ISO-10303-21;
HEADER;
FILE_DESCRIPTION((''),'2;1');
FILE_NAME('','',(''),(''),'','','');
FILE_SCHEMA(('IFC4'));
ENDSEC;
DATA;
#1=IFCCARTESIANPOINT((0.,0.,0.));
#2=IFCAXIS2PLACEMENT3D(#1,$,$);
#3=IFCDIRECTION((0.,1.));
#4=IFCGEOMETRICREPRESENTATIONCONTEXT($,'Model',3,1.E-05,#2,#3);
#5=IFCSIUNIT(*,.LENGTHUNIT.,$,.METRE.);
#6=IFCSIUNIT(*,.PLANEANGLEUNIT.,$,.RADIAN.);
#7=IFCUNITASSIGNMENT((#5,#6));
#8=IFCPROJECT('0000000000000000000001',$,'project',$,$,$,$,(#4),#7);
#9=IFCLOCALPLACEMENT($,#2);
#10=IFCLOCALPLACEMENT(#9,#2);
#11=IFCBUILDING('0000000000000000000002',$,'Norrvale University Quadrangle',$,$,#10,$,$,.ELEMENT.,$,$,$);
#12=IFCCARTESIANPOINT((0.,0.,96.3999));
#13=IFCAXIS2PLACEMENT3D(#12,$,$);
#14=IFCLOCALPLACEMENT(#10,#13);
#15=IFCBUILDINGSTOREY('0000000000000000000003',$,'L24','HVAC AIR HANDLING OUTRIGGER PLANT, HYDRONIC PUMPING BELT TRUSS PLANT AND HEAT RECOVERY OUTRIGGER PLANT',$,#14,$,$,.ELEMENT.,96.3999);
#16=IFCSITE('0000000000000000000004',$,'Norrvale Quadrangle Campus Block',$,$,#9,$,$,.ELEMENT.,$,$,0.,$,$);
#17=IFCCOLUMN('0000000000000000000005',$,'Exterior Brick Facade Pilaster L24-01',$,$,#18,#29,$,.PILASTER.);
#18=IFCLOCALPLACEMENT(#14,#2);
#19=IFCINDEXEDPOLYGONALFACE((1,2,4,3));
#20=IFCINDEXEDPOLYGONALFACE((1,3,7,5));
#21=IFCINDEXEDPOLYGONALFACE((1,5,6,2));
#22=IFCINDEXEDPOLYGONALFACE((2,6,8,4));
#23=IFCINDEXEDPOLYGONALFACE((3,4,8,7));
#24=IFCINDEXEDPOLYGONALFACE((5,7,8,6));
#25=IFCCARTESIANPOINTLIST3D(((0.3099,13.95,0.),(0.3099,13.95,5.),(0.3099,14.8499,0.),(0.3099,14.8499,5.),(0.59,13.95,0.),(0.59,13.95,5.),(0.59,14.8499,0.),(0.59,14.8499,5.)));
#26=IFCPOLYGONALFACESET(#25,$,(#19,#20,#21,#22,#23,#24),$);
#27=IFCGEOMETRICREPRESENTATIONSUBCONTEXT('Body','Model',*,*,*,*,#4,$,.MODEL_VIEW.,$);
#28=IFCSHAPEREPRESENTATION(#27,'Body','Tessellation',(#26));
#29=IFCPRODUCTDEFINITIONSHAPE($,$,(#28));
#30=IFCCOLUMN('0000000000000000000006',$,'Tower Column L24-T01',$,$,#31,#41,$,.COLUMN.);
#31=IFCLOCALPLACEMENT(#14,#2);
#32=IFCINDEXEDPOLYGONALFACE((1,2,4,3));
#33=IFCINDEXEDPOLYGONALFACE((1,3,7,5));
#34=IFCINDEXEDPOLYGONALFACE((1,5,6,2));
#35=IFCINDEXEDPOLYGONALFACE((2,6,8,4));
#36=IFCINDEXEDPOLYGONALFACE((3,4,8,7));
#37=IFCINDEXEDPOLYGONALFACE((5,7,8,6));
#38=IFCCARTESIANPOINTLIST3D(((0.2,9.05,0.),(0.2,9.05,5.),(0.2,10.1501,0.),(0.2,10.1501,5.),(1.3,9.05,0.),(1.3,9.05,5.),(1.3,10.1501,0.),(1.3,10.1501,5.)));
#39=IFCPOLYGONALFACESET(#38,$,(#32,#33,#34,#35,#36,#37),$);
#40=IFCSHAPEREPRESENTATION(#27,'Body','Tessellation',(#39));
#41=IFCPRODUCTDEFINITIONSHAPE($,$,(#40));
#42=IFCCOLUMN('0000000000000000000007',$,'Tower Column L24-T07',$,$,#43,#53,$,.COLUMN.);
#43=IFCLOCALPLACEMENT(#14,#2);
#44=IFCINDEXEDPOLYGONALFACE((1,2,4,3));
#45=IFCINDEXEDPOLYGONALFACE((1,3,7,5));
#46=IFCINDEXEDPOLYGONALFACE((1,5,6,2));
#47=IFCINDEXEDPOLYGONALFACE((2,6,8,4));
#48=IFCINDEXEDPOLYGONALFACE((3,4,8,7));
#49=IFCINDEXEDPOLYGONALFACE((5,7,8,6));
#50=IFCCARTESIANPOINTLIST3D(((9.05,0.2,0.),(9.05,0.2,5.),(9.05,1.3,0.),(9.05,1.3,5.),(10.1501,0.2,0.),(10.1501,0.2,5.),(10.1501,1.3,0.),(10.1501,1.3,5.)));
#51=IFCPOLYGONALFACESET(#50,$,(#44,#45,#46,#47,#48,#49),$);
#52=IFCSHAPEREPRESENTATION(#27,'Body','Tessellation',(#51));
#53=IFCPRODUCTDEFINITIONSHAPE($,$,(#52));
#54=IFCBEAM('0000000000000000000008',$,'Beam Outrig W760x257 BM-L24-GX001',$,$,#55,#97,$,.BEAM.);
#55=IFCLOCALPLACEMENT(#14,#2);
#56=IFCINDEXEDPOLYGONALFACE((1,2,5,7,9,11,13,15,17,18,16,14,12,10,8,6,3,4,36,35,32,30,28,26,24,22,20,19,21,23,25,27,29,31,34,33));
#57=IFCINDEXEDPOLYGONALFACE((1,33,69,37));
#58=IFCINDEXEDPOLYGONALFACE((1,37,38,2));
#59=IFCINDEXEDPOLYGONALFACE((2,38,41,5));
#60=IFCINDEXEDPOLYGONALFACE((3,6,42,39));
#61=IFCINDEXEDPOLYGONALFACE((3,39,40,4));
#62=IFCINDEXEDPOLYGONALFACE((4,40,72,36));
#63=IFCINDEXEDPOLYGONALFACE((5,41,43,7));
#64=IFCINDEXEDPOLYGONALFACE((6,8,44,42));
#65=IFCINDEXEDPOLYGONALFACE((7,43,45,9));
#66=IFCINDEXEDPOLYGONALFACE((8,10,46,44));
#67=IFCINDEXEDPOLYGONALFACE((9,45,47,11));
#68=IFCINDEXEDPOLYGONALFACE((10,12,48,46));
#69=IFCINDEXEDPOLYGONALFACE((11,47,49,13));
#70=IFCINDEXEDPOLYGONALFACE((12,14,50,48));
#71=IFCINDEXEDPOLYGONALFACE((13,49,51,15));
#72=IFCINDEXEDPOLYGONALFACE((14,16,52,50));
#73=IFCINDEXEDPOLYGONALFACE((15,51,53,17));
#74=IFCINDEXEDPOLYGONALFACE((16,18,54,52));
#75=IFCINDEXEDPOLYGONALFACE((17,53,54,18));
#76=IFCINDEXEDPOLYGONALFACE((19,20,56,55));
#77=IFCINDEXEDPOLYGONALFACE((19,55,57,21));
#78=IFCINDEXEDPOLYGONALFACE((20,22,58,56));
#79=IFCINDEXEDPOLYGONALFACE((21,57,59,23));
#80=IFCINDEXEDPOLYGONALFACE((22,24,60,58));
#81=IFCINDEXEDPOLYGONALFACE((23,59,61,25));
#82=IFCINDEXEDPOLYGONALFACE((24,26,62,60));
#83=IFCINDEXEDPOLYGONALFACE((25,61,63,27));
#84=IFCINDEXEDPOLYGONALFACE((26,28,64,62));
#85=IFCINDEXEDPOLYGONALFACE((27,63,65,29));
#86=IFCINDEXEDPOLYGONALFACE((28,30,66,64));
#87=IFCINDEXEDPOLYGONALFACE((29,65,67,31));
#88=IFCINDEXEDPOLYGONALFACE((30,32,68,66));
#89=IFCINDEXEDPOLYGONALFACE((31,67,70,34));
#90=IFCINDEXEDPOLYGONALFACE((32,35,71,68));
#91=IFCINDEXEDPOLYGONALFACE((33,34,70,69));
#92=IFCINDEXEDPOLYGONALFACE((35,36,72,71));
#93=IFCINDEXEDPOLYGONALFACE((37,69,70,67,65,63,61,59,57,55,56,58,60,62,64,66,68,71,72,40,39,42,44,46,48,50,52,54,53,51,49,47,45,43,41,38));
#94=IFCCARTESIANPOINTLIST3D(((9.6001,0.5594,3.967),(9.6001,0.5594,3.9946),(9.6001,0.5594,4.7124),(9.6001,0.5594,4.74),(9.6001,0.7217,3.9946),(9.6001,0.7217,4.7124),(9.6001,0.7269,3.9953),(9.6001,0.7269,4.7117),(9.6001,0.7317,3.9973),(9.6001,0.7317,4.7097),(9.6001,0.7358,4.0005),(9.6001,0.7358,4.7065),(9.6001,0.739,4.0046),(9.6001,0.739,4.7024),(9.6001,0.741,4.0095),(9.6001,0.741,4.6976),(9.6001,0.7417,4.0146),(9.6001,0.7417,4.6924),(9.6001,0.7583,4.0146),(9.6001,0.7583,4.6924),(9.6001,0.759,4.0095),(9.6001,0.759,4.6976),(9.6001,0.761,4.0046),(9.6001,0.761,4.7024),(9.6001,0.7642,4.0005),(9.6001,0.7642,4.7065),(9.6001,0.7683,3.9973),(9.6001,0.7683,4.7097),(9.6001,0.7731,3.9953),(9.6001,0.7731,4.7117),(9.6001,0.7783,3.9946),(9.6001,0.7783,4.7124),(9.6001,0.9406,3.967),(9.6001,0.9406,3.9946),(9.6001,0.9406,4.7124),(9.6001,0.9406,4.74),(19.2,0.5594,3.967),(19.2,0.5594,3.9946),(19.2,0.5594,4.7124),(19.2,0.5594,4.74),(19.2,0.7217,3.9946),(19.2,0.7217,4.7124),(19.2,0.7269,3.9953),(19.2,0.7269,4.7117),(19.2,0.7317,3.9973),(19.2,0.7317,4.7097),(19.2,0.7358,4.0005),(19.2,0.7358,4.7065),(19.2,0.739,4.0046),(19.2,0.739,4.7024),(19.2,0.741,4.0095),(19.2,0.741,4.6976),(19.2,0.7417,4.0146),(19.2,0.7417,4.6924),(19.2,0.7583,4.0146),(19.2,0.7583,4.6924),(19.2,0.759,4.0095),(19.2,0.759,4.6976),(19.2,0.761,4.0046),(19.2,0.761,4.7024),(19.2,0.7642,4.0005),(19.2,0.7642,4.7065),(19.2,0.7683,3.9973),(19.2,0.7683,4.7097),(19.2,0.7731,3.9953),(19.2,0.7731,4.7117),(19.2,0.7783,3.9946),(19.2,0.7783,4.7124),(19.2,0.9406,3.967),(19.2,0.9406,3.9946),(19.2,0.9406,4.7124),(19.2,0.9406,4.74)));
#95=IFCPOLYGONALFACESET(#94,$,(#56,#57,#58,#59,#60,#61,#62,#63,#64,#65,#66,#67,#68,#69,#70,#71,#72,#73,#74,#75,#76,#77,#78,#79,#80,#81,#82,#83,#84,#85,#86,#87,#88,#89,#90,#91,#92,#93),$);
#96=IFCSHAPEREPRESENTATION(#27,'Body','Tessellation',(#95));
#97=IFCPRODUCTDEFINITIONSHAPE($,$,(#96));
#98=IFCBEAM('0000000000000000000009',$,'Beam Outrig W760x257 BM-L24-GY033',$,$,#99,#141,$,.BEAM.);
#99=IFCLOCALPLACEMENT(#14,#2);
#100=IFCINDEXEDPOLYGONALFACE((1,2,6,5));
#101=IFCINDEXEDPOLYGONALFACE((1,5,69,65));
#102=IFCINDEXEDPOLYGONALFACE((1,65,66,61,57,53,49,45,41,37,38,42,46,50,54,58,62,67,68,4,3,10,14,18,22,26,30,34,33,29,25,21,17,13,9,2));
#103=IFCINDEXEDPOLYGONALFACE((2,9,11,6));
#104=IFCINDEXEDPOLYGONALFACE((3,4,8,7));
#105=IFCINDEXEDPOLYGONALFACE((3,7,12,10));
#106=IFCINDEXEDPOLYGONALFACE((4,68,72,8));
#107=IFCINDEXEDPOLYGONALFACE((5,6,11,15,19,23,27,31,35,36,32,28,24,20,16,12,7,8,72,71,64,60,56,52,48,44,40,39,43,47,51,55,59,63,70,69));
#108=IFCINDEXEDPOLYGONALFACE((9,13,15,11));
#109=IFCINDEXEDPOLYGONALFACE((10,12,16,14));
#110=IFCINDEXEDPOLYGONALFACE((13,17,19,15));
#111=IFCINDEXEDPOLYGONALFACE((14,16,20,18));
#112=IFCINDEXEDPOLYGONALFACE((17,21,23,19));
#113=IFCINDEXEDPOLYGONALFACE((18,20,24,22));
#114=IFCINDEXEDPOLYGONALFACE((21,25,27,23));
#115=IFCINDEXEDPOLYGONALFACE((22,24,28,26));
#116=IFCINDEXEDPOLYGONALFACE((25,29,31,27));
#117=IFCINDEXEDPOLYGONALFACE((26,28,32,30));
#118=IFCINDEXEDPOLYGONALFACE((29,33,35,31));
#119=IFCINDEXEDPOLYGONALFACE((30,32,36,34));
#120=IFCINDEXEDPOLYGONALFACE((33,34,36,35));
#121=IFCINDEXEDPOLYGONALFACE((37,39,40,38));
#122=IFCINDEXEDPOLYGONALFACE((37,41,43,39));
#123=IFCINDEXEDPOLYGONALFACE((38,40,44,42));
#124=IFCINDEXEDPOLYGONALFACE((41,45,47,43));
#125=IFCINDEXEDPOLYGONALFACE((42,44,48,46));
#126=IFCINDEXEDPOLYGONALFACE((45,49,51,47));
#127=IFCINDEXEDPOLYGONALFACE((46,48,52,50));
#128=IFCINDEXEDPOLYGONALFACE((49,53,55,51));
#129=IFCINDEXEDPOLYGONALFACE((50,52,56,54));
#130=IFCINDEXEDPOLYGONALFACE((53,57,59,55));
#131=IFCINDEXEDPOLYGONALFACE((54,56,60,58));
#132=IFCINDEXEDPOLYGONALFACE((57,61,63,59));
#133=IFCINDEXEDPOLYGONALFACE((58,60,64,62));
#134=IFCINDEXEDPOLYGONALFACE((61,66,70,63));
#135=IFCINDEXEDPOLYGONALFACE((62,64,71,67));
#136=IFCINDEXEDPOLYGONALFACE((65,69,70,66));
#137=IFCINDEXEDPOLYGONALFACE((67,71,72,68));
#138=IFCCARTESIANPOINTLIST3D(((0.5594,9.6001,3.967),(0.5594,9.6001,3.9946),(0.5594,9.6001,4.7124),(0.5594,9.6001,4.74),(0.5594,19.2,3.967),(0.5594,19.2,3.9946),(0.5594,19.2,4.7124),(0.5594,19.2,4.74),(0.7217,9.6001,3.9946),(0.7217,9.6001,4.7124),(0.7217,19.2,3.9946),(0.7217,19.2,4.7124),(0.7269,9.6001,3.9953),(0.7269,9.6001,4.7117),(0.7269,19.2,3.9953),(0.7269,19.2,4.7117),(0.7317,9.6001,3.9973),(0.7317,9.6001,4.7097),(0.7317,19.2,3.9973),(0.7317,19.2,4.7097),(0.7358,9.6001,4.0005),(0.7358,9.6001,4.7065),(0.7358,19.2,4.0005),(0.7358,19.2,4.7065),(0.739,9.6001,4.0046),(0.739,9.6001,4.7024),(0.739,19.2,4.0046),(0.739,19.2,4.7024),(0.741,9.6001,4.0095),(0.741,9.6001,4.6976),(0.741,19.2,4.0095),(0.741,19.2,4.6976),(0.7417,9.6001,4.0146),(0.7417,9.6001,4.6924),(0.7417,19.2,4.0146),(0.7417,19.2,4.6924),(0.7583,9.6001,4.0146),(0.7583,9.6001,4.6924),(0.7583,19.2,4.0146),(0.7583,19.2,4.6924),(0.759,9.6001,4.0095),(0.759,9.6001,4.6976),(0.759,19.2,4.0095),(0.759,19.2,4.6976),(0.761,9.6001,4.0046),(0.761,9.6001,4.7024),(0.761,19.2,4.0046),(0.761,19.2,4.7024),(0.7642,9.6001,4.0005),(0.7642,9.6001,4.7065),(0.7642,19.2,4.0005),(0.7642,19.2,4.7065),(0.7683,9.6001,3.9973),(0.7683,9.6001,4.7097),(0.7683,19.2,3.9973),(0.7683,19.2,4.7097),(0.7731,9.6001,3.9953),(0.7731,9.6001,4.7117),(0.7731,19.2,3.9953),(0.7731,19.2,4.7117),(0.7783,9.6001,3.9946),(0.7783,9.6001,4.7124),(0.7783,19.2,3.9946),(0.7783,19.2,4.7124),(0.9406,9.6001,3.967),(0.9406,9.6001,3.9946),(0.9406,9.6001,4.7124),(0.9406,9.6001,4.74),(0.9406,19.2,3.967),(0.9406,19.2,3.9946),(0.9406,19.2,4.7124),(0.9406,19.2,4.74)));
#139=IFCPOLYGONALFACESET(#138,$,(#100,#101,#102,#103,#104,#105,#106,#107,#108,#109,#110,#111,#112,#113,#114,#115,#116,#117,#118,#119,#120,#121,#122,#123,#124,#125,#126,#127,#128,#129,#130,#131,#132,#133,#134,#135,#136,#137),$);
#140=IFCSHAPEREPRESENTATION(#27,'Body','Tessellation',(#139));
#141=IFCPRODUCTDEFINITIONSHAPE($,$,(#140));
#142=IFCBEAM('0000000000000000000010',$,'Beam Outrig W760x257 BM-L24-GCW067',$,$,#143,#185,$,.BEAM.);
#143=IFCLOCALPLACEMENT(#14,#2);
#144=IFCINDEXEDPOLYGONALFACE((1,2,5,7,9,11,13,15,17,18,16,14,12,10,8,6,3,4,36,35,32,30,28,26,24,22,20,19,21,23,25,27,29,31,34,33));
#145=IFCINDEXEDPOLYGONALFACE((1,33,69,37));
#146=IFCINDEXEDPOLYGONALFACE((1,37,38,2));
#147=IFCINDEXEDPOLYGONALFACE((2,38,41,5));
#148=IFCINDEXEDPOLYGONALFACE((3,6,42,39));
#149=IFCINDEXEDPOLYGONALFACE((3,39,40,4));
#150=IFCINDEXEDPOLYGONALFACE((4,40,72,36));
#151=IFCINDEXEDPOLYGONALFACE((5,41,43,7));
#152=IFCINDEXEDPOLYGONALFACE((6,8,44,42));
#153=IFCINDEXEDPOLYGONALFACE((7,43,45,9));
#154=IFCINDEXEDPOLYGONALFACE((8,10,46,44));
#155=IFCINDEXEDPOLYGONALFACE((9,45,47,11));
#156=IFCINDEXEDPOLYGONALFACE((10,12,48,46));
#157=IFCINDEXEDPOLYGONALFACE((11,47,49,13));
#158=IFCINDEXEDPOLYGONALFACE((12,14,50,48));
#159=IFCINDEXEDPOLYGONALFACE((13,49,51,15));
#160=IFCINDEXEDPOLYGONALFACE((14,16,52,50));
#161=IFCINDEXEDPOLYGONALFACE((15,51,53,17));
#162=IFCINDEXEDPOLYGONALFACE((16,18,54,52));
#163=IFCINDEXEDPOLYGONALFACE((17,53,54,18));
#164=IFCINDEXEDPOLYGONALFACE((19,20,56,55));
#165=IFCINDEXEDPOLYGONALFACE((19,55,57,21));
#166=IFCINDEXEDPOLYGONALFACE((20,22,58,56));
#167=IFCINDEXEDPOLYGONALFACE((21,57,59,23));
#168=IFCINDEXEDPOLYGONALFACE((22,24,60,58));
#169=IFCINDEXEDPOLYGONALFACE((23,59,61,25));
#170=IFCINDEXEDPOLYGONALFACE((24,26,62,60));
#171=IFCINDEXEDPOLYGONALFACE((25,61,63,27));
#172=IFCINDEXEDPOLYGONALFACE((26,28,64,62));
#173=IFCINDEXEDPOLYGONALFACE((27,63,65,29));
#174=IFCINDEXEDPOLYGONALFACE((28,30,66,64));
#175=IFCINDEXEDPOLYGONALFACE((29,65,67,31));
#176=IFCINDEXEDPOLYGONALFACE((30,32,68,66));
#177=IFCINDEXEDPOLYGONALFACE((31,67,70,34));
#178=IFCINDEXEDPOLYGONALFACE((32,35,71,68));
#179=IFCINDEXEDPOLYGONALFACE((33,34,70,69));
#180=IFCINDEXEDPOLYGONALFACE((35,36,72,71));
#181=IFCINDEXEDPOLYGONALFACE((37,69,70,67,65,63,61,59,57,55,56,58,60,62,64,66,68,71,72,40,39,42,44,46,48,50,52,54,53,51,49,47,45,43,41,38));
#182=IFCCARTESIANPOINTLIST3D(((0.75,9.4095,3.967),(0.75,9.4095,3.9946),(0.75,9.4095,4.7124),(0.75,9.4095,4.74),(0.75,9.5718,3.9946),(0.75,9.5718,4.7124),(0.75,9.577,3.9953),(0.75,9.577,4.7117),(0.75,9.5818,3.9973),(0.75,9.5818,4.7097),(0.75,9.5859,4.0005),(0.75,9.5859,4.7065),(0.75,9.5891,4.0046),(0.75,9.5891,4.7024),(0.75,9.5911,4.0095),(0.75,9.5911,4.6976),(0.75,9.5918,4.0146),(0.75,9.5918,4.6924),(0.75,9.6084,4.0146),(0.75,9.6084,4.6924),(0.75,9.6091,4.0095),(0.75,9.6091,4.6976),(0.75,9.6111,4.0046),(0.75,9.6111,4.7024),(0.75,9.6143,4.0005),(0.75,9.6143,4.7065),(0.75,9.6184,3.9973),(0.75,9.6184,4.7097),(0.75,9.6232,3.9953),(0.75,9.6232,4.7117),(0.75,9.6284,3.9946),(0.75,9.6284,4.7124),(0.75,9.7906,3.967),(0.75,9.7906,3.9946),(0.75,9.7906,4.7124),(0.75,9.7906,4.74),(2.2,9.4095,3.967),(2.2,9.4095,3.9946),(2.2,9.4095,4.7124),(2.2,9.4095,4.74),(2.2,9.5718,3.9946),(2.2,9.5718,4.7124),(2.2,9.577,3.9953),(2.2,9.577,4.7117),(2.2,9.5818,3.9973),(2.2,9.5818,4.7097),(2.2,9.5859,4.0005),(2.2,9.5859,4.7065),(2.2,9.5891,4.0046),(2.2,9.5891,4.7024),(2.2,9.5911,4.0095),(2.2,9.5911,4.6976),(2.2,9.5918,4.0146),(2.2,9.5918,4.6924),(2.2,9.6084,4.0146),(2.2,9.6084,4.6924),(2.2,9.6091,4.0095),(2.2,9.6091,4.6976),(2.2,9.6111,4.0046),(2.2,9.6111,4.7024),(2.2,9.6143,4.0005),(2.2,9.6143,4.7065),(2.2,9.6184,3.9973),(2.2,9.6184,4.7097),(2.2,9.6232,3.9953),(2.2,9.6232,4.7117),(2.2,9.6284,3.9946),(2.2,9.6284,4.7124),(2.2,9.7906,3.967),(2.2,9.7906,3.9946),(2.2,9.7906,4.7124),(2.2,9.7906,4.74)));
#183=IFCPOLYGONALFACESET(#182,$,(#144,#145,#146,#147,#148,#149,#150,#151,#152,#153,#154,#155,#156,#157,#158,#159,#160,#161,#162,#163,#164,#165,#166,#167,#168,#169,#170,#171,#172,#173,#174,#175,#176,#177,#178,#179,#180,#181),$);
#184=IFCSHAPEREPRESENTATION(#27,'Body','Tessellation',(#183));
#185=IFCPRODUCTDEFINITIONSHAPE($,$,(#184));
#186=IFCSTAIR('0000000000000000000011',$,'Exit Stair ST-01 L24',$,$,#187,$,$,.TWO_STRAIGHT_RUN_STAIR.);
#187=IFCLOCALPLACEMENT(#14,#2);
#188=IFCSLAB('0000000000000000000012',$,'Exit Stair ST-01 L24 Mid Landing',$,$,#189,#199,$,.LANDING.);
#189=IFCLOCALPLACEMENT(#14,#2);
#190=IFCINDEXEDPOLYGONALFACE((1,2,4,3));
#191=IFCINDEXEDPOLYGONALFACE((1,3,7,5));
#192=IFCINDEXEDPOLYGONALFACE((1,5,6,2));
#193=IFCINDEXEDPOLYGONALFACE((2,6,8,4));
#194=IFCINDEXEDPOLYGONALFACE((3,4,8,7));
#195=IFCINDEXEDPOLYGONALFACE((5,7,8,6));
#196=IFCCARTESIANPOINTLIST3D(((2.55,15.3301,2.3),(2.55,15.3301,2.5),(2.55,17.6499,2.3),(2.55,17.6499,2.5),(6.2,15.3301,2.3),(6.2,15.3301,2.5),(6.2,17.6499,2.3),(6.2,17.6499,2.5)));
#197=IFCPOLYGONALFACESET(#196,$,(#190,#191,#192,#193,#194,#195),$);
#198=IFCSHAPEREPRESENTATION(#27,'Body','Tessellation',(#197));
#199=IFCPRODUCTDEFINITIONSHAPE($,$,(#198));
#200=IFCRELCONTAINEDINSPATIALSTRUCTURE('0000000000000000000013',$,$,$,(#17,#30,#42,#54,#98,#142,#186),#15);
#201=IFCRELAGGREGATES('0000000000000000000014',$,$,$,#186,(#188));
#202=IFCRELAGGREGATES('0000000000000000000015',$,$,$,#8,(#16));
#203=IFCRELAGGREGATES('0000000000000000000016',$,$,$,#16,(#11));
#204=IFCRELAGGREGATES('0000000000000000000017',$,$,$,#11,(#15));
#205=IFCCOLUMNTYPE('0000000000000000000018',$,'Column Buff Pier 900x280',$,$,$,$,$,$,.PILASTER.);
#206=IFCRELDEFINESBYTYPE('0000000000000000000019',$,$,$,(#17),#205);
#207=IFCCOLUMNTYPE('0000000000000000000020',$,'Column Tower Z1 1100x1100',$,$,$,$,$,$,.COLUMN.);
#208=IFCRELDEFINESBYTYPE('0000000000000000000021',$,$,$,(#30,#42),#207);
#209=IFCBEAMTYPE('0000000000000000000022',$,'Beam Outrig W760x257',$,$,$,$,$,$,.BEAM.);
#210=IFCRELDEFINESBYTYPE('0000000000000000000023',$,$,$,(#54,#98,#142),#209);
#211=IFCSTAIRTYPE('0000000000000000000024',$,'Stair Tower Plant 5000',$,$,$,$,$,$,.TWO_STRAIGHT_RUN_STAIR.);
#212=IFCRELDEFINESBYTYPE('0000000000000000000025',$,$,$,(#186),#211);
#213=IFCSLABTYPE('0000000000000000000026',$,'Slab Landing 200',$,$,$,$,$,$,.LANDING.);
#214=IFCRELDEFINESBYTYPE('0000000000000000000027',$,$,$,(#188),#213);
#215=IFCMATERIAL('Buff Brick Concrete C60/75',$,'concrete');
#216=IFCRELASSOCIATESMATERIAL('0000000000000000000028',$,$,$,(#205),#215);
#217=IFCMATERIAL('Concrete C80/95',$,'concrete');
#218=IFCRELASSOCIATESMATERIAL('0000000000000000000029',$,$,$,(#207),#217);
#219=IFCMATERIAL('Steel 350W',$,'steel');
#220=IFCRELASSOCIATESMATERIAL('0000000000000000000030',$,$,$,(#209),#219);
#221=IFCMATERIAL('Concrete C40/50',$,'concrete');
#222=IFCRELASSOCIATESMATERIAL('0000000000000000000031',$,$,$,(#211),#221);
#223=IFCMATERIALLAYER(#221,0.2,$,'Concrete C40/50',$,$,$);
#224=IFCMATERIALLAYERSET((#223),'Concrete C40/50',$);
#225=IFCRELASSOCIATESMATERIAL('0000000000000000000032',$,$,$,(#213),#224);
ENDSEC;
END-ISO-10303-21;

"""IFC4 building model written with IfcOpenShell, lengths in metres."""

from ifc_helpers import new_model, si_unit, direction, frame, origin, origin_2d, place, context, subcontext, project, spatial, polyline, rectangle, i_section, outline, extrude, material, layer, layer_set, material_profile, profile_set, type_object, element, aggregate, save


model = new_model("IFC4")

# Units and contexts
model_context = context("Model", 3, precision=1e-05, world=origin(), true_north=direction((0.0, 1.0)))
body_context = subcontext(model_context, "Body", "Model", "MODEL_VIEW")
ifc_project = project(units=[si_unit("LENGTHUNIT", "METRE"), si_unit("PLANEANGLEUNIT", "RADIAN")], contexts=[model_context])

# Site, building, storey
site_placement = place(None, origin())
site = spatial("IfcSite", under=ifc_project, at=site_placement, Name="Norrvale Quadrangle Campus Block", CompositionType="ELEMENT", RefElevation=0.0)
building_placement = place(site_placement, origin())
building = spatial("IfcBuilding", under=site, at=building_placement, Name="Norrvale University Quadrangle", CompositionType="ELEMENT")
storey_placement = place(building_placement, frame((0.0, 0.0, 96.3999)))
storey = spatial("IfcBuildingStorey", under=building, at=storey_placement, Name="L24", Description="HVAC AIR HANDLING OUTRIGGER PLANT, HYDRONIC PUMPING BELT TRUSS PLANT AND HEAT RECOVERY OUTRIGGER PLANT", CompositionType="ELEMENT", Elevation=96.3999)

# Columns
ifc_material_1 = material(Name="Buff Brick Concrete C60/75", Category="concrete")
ifc_material_profile_1 = material_profile(ifc_material_1, rectangle(XDim=0.8999, YDim=0.28, at=origin_2d()), Name="Buff Brick Concrete C60/75")
ifc_profile_set_1 = profile_set([ifc_material_profile_1], Name="Buff Brick Concrete C60/75")
column_type_1 = type_object("IfcColumnType", Name="Column Buff Pier 900x280", PredefinedType="PILASTER", material=ifc_profile_set_1)
column_placement = place(storey_placement, frame((0.45, 14.3999, 0.0), z_axis=(0.0, 0.0, 1.0), x_axis=(0.0, 1.0, 0.0)))
element("IfcColumn", 1, at=column_placement, inside=storey, type_object=column_type_1, Name="Exterior Brick Facade Pilaster L24-01", PredefinedType="PILASTER", context=body_context, shape_type="SweptSolid", body=[
    extrude(rectangle(XDim=0.8999, YDim=0.28, at=origin_2d()), origin(), (0.0, 0.0, 1.0), 5.0),
])
ifc_material_2 = material(Name="Concrete C80/95", Category="concrete")
ifc_material_profile_2 = material_profile(ifc_material_2, rectangle(XDim=1.1001, YDim=1.1001, at=origin_2d()), Name="Concrete C80/95")
ifc_profile_set_2 = profile_set([ifc_material_profile_2], Name="Concrete C80/95")
column_type_2 = type_object("IfcColumnType", Name="Column Tower Z1 1100x1100", PredefinedType="COLUMN", material=ifc_profile_set_2)
for number, where, z_axis, x_axis, name in (
    (2, (0.75, 9.6001, 0.0), (0.0, 0.0, 1.0), (1.0, 0.0, 0.0), "Tower Column L24-T01"),
    (3, (9.6001, 0.75, 0.0), (0.0, 0.0, 1.0), (1.0, 0.0, 0.0), "Tower Column L24-T07"),
):
    element("IfcColumn", number, at=place(storey_placement, frame(where, z_axis=z_axis, x_axis=x_axis)), inside=storey, type_object=column_type_2, Name=name, PredefinedType="COLUMN", context=body_context, shape_type="SweptSolid", body=[
        extrude(rectangle(XDim=1.1001, YDim=1.1001, at=origin_2d()), origin(), (0.0, 0.0, 1.0), 5.0),
    ])

# Beams
ifc_material_3 = material(Name="Steel 350W", Category="steel")
ifc_material_profile_3 = material_profile(ifc_material_3, i_section(OverallWidth=0.3811, OverallDepth=0.7729, WebThickness=0.0166, FlangeThickness=0.0276, FilletRadius=0.02, at=origin_2d()), Name="Steel 350W")
ifc_profile_set_3 = profile_set([ifc_material_profile_3], Name="Steel 350W")
beam_type = type_object("IfcBeamType", Name="Beam Outrig W760x257", PredefinedType="BEAM", material=ifc_profile_set_3)
for number, where, z_axis, x_axis, name in (
    (4, (9.6001, 0.75, 4.3535), (1.0, 0.0, 0.0), (0.0, 1.0, 0.0), "Beam Outrig W760x257 BM-L24-GX001"),
    (5, (0.75, 9.6001, 4.3535), (0.0, 1.0, 0.0), (-1.0, 0.0, 0.0), "Beam Outrig W760x257 BM-L24-GY033"),
):
    element("IfcBeam", number, at=place(storey_placement, frame(where, z_axis=z_axis, x_axis=x_axis)), inside=storey, type_object=beam_type, Name=name, PredefinedType="BEAM", context=body_context, shape_type="SweptSolid", body=[
        extrude(i_section(OverallWidth=0.3811, OverallDepth=0.7729, WebThickness=0.0166, FlangeThickness=0.0276, FilletRadius=0.02, at=origin_2d()), origin(), (0.0, 0.0, 1.0), 9.5999),
    ])
beam_placement = place(storey_placement, frame((0.75, 9.6001, 4.3535), z_axis=(1.0, 0.0, 0.0), x_axis=(0.0, 1.0, 0.0)))
element("IfcBeam", 6, at=beam_placement, inside=storey, type_object=beam_type, Name="Beam Outrig W760x257 BM-L24-GCW067", PredefinedType="BEAM", context=body_context, shape_type="SweptSolid", body=[
    extrude(i_section(OverallWidth=0.3811, OverallDepth=0.7729, WebThickness=0.0166, FlangeThickness=0.0276, FilletRadius=0.02, at=origin_2d()), origin(), (0.0, 0.0, 1.0), 1.45),
])

# Stair, slab
ifc_material_4 = material(Name="Concrete C40/50", Category="concrete")
stair_type = type_object("IfcStairType", Name="Stair Tower Plant 5000", PredefinedType="TWO_STRAIGHT_RUN_STAIR", material=ifc_material_4)
stair_1_placement = place(storey_placement, origin())
stair_1 = element("IfcStair", 7, at=stair_1_placement, inside=storey, type_object=stair_type, Name="Exit Stair ST-01 L24", PredefinedType="TWO_STRAIGHT_RUN_STAIR")
ifc_layer_1 = layer(ifc_material_4, 0.2, Name="Concrete C40/50")
ifc_layer_set_1 = layer_set([ifc_layer_1], Name="Concrete C40/50")
slab_type_1 = type_object("IfcSlabType", Name="Slab Landing 200", PredefinedType="LANDING", material=ifc_layer_set_1)
slab_1_placement = place(storey_placement, frame((0.0, 0.0, 2.3)))
slab_1 = element("IfcSlab", 8, at=slab_1_placement, type_object=slab_type_1, Name="Exit Stair ST-01 L24 Mid Landing", PredefinedType="LANDING", context=body_context, shape_type="SweptSolid", body=[
    extrude(outline(polyline([(2.55, 15.3301), (6.2, 15.3301), (6.2, 17.6499), (2.55, 17.6499), (2.55, 15.3301)])), origin(), (0.0, 0.0, 1.0), 0.2),
])

aggregate(stair_1, [slab_1])

save(model, "model.ifc")
